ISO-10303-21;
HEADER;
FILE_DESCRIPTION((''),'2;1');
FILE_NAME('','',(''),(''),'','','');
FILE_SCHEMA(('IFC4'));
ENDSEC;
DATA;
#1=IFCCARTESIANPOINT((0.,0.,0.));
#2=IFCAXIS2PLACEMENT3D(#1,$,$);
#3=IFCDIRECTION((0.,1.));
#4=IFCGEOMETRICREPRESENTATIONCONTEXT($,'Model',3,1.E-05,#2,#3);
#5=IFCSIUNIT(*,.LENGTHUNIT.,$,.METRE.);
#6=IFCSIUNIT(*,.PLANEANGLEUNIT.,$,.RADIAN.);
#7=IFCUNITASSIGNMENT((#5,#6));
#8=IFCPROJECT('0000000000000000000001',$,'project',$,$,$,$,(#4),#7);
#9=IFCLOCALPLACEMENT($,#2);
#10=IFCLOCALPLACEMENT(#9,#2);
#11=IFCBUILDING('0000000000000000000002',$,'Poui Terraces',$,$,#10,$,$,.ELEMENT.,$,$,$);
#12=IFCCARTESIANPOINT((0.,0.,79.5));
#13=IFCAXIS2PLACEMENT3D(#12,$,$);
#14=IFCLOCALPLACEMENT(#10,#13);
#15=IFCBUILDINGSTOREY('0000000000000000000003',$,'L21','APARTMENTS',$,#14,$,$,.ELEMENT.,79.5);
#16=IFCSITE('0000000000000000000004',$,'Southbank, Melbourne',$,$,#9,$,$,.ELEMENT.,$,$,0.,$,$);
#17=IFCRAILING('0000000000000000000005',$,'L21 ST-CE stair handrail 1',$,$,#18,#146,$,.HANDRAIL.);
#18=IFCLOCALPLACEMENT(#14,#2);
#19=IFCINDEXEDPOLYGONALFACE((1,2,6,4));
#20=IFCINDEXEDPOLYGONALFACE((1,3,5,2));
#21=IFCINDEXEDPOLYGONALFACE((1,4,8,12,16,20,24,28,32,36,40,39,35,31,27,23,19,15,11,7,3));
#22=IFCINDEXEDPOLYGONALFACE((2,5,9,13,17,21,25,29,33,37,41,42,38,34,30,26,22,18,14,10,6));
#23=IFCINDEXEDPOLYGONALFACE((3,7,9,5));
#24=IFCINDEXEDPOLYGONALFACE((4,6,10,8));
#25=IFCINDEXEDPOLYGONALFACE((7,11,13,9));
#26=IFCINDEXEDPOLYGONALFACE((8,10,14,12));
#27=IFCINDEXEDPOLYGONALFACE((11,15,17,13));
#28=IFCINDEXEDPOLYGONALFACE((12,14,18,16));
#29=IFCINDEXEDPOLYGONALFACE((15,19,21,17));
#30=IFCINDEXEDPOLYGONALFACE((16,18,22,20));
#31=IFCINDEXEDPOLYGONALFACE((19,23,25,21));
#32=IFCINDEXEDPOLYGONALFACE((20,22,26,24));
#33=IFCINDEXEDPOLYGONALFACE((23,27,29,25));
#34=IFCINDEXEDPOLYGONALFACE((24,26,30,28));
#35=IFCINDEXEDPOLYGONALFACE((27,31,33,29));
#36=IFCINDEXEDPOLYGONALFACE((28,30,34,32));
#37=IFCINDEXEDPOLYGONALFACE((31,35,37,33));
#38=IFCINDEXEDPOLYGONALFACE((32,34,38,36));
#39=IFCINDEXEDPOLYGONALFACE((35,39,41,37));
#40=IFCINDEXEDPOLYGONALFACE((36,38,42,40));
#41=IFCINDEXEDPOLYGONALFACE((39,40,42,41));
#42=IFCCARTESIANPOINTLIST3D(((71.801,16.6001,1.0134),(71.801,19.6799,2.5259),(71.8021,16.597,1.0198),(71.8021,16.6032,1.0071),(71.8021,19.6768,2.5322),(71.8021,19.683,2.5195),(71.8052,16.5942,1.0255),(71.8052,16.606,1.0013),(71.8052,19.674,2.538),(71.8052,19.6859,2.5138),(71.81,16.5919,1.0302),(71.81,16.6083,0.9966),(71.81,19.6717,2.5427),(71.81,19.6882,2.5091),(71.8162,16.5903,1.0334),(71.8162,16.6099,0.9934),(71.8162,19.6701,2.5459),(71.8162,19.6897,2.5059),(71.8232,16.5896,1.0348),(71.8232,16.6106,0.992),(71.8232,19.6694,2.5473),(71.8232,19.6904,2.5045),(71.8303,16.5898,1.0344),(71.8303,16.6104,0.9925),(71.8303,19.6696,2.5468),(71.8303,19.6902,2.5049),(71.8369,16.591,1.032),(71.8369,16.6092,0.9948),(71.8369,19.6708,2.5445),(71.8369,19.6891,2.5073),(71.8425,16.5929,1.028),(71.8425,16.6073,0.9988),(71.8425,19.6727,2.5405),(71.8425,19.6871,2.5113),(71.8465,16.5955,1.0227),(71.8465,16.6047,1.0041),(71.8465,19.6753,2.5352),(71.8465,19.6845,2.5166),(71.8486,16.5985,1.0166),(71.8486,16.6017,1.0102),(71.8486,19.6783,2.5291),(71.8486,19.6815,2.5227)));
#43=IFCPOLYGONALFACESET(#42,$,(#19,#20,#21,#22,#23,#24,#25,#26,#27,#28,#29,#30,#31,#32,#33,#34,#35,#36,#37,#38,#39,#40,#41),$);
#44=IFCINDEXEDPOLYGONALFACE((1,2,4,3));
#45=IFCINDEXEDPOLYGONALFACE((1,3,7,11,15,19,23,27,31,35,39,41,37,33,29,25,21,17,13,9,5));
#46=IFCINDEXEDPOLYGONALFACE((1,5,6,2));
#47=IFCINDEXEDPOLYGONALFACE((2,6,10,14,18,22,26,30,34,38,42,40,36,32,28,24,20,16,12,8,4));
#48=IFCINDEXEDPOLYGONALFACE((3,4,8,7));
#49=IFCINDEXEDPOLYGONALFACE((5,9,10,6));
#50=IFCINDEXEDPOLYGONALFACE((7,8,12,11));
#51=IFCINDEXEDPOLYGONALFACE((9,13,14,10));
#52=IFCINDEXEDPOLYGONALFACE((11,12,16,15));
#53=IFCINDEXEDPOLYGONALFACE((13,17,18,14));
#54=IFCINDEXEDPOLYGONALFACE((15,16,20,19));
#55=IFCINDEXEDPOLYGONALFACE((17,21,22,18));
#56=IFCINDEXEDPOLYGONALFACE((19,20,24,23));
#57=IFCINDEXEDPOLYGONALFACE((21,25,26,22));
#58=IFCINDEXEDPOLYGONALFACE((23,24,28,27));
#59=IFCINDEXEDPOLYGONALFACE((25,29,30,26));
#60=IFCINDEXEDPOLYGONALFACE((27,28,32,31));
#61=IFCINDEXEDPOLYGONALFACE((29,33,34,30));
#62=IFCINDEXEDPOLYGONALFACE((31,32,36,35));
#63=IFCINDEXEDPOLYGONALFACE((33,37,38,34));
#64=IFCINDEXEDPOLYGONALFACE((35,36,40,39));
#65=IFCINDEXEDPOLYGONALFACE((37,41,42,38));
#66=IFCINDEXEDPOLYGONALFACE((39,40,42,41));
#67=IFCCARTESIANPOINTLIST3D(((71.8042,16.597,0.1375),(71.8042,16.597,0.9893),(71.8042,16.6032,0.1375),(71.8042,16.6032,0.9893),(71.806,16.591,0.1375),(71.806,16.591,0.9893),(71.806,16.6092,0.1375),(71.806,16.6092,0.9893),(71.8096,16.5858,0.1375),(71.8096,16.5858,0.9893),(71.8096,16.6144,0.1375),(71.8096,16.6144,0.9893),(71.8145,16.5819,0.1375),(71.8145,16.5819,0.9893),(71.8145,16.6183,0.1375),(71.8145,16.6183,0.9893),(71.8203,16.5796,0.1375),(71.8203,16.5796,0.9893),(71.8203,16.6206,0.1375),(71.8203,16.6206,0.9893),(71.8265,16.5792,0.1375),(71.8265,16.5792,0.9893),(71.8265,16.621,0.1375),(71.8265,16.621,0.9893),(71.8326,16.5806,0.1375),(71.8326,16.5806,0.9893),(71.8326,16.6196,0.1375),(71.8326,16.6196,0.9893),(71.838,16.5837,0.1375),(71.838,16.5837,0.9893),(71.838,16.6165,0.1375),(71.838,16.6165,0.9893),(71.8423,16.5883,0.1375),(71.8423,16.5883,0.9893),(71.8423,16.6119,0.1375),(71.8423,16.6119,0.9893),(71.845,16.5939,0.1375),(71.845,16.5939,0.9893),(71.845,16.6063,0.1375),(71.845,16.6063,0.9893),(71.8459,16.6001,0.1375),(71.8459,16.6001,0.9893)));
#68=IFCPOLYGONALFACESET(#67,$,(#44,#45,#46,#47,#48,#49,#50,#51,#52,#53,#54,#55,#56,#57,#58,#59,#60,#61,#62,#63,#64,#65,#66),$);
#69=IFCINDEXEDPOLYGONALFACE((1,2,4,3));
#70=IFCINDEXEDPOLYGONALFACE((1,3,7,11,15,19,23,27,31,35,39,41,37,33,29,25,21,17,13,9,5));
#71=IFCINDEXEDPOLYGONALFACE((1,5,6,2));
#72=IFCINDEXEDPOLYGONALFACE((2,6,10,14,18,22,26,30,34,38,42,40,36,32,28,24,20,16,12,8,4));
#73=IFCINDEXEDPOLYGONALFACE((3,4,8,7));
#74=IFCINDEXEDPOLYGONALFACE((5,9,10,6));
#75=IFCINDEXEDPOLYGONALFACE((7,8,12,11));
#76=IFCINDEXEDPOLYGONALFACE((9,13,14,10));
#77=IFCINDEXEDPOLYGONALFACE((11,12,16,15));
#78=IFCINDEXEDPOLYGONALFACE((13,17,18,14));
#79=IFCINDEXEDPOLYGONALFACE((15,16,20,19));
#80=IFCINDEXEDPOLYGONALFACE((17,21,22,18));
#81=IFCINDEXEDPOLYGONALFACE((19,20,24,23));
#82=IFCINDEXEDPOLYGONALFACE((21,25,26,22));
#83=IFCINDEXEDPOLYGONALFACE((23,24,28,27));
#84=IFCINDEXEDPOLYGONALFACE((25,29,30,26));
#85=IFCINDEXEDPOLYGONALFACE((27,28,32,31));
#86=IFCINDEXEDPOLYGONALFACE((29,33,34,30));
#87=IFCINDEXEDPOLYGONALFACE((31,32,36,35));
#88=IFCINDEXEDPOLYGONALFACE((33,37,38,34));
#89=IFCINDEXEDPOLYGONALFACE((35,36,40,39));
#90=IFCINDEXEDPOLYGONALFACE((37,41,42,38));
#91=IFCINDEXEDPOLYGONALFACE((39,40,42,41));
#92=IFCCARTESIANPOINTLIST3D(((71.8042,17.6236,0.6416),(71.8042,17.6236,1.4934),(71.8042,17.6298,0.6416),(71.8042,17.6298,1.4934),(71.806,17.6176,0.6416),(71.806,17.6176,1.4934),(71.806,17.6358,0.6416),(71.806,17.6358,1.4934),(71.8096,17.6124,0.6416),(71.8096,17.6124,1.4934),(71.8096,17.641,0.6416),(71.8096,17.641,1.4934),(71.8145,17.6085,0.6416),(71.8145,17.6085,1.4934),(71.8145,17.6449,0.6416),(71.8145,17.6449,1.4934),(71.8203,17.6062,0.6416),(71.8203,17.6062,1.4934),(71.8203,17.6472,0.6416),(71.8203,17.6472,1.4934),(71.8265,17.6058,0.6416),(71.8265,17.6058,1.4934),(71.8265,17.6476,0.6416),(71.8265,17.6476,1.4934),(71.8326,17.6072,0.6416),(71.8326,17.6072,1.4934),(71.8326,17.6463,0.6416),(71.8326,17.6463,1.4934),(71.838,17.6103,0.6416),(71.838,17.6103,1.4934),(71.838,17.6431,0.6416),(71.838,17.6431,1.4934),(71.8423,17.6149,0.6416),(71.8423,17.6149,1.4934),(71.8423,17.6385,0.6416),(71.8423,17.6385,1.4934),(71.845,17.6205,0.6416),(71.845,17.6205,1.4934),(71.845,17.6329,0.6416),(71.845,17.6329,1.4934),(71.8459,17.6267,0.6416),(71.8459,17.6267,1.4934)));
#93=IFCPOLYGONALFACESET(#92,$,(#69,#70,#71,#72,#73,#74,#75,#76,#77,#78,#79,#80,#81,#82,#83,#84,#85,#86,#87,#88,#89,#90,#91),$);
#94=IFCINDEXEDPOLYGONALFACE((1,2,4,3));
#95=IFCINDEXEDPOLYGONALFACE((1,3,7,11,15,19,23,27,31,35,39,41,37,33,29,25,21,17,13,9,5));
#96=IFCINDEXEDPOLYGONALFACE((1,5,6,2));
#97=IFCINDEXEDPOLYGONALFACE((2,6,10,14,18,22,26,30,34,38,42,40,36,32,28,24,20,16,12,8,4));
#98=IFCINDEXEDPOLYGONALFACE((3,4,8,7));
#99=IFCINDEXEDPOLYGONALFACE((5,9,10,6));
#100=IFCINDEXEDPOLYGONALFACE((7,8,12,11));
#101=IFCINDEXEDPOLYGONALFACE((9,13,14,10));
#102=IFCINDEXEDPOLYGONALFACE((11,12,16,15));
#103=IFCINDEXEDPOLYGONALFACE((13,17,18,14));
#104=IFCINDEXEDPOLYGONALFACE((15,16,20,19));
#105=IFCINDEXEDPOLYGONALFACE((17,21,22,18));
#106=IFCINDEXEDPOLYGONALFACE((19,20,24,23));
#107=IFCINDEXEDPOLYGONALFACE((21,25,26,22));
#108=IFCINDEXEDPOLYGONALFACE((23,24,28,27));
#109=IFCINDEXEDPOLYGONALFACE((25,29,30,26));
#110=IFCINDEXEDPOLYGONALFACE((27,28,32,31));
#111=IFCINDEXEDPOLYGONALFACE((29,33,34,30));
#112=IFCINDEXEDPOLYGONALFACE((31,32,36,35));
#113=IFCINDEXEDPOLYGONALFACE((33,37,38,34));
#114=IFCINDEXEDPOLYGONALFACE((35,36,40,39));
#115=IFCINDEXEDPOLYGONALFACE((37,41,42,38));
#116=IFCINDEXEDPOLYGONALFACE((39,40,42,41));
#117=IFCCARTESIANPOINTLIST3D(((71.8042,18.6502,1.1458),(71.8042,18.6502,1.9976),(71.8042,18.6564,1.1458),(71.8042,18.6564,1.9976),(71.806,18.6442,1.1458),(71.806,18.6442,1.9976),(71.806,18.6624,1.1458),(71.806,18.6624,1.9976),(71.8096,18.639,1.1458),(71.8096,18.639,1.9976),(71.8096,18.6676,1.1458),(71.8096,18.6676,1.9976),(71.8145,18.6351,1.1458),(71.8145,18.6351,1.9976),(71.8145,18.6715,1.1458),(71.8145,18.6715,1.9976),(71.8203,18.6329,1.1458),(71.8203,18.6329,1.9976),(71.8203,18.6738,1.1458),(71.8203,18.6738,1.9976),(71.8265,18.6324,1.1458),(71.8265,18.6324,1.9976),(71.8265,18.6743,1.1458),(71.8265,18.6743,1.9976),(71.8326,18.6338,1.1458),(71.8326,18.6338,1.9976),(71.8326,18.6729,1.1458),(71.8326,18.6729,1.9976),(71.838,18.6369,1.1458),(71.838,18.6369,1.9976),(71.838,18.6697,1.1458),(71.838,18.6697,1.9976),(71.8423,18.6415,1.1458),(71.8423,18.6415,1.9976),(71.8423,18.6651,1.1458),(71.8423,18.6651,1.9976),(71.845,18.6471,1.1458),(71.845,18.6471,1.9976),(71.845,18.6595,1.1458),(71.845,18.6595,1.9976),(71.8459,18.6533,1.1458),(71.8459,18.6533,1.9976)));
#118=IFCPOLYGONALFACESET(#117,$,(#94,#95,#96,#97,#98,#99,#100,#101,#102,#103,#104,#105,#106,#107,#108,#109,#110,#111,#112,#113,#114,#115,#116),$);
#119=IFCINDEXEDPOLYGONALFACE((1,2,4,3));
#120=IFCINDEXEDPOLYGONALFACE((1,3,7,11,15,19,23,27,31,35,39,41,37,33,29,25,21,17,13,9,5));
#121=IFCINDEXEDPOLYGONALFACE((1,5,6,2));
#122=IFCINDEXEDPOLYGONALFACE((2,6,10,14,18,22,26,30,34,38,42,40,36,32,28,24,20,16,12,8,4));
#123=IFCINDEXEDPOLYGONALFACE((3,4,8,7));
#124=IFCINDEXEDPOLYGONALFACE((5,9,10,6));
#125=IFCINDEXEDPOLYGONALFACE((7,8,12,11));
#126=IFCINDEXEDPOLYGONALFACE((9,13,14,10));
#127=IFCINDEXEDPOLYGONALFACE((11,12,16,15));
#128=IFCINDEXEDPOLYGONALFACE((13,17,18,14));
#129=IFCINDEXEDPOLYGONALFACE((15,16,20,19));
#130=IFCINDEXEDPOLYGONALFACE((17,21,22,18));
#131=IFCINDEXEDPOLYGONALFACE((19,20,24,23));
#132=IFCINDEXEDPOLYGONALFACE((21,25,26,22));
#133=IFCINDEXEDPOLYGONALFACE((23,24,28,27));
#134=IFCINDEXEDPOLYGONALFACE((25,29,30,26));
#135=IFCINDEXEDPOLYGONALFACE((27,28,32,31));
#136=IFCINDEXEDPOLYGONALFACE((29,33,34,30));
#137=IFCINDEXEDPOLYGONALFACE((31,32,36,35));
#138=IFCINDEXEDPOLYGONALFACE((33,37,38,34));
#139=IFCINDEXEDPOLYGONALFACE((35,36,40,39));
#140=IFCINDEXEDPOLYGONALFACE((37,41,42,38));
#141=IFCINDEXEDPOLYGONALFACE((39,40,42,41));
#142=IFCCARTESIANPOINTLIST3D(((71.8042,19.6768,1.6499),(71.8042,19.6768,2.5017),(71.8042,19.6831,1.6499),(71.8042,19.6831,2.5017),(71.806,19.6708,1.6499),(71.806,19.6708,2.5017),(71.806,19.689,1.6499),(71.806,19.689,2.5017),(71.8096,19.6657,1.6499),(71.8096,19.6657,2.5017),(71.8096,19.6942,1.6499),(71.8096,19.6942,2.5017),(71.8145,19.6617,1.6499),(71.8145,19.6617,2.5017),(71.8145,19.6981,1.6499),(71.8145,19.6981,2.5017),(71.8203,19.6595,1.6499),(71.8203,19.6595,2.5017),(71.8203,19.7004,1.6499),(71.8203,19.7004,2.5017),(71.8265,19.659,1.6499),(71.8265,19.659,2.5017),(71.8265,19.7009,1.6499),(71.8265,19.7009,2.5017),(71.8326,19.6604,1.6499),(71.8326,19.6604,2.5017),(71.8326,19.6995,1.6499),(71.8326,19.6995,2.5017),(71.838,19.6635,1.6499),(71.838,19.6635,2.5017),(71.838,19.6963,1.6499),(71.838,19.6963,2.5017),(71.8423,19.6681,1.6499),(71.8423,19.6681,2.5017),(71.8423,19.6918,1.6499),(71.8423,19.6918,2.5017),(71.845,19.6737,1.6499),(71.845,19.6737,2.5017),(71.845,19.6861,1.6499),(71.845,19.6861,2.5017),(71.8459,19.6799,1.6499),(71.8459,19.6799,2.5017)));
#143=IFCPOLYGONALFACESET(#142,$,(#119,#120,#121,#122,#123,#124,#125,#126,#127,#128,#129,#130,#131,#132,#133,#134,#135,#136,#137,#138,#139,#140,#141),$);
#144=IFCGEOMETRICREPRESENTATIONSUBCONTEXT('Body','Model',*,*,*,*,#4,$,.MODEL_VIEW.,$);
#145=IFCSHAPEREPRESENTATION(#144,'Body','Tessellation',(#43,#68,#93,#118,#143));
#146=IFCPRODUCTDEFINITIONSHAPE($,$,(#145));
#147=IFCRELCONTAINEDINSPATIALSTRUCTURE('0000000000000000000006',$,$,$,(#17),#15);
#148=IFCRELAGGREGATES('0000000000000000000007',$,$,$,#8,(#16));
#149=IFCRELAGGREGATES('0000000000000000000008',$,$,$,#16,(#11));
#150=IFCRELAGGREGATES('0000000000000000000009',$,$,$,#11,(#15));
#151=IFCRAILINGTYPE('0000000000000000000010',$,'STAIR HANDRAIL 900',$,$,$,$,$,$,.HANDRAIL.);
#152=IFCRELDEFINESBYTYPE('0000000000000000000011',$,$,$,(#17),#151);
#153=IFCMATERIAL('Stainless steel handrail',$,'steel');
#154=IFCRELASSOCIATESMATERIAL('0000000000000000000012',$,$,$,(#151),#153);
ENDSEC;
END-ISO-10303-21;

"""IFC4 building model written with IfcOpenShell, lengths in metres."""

from ifc_helpers import new_model, si_unit, direction, frame, origin, origin_2d, place, context, subcontext, project, spatial, circle, extrude, material, type_object, element, save


model = new_model("IFC4")

# Units and contexts
model_context = context("Model", 3, precision=1e-05, world=origin(), true_north=direction((0.0, 1.0)))
body_context = subcontext(model_context, "Body", "Model", "MODEL_VIEW")
ifc_project = project(units=[si_unit("LENGTHUNIT", "METRE"), si_unit("PLANEANGLEUNIT", "RADIAN")], contexts=[model_context])

# Site, building, storey
site_placement = place(None, origin())
site = spatial("IfcSite", under=ifc_project, at=site_placement, Name="Southbank, Melbourne", CompositionType="ELEMENT", RefElevation=0.0)
building_placement = place(site_placement, origin())
building = spatial("IfcBuilding", under=site, at=building_placement, Name="Poui Terraces", CompositionType="ELEMENT")
storey_placement = place(building_placement, frame((0.0, 0.0, 79.5)))
storey = spatial("IfcBuildingStorey", under=building, at=storey_placement, Name="L21", Description="APARTMENTS", CompositionType="ELEMENT", Elevation=79.5)

# Railing
ifc_material_1 = material(Name="Stainless steel handrail", Category="steel")
railing_type_1 = type_object("IfcRailingType", Name="STAIR HANDRAIL 900", PredefinedType="HANDRAIL", material=ifc_material_1)
railing_1_placement = place(storey_placement, frame((71.825, 16.6001, 0.1375)))
element("IfcRailing", 1, at=railing_1_placement, inside=storey, type_object=railing_type_1, Name="L21 ST-CE stair handrail 1", PredefinedType="HANDRAIL", context=body_context, shape_type="SweptSolid", body=[
    extrude(circle(Radius=0.0239, at=origin_2d()), frame((0.0, 0.0, 0.876), z_axis=(0.0, 0.897606, 0.440798), x_axis=(-1.0, 0.0, 0.0)), (0.0, 0.0, 1.0), 3.4312),
    extrude(circle(Radius=0.021, at=origin_2d()), origin(), (0.0, 0.0, 1.0), 0.8518),
    extrude(circle(Radius=0.021, at=origin_2d()), frame((0.0, 1.0266, 0.5042)), (0.0, 0.0, 1.0), 0.8518),
    extrude(circle(Radius=0.021, at=origin_2d()), frame((0.0, 2.0532, 1.0083)), (0.0, 0.0, 1.0), 0.8518),
    extrude(circle(Radius=0.021, at=origin_2d()), frame((0.0, 3.0798, 1.5125)), (0.0, 0.0, 1.0), 0.8518),
])

save(model, "model.ifc")
